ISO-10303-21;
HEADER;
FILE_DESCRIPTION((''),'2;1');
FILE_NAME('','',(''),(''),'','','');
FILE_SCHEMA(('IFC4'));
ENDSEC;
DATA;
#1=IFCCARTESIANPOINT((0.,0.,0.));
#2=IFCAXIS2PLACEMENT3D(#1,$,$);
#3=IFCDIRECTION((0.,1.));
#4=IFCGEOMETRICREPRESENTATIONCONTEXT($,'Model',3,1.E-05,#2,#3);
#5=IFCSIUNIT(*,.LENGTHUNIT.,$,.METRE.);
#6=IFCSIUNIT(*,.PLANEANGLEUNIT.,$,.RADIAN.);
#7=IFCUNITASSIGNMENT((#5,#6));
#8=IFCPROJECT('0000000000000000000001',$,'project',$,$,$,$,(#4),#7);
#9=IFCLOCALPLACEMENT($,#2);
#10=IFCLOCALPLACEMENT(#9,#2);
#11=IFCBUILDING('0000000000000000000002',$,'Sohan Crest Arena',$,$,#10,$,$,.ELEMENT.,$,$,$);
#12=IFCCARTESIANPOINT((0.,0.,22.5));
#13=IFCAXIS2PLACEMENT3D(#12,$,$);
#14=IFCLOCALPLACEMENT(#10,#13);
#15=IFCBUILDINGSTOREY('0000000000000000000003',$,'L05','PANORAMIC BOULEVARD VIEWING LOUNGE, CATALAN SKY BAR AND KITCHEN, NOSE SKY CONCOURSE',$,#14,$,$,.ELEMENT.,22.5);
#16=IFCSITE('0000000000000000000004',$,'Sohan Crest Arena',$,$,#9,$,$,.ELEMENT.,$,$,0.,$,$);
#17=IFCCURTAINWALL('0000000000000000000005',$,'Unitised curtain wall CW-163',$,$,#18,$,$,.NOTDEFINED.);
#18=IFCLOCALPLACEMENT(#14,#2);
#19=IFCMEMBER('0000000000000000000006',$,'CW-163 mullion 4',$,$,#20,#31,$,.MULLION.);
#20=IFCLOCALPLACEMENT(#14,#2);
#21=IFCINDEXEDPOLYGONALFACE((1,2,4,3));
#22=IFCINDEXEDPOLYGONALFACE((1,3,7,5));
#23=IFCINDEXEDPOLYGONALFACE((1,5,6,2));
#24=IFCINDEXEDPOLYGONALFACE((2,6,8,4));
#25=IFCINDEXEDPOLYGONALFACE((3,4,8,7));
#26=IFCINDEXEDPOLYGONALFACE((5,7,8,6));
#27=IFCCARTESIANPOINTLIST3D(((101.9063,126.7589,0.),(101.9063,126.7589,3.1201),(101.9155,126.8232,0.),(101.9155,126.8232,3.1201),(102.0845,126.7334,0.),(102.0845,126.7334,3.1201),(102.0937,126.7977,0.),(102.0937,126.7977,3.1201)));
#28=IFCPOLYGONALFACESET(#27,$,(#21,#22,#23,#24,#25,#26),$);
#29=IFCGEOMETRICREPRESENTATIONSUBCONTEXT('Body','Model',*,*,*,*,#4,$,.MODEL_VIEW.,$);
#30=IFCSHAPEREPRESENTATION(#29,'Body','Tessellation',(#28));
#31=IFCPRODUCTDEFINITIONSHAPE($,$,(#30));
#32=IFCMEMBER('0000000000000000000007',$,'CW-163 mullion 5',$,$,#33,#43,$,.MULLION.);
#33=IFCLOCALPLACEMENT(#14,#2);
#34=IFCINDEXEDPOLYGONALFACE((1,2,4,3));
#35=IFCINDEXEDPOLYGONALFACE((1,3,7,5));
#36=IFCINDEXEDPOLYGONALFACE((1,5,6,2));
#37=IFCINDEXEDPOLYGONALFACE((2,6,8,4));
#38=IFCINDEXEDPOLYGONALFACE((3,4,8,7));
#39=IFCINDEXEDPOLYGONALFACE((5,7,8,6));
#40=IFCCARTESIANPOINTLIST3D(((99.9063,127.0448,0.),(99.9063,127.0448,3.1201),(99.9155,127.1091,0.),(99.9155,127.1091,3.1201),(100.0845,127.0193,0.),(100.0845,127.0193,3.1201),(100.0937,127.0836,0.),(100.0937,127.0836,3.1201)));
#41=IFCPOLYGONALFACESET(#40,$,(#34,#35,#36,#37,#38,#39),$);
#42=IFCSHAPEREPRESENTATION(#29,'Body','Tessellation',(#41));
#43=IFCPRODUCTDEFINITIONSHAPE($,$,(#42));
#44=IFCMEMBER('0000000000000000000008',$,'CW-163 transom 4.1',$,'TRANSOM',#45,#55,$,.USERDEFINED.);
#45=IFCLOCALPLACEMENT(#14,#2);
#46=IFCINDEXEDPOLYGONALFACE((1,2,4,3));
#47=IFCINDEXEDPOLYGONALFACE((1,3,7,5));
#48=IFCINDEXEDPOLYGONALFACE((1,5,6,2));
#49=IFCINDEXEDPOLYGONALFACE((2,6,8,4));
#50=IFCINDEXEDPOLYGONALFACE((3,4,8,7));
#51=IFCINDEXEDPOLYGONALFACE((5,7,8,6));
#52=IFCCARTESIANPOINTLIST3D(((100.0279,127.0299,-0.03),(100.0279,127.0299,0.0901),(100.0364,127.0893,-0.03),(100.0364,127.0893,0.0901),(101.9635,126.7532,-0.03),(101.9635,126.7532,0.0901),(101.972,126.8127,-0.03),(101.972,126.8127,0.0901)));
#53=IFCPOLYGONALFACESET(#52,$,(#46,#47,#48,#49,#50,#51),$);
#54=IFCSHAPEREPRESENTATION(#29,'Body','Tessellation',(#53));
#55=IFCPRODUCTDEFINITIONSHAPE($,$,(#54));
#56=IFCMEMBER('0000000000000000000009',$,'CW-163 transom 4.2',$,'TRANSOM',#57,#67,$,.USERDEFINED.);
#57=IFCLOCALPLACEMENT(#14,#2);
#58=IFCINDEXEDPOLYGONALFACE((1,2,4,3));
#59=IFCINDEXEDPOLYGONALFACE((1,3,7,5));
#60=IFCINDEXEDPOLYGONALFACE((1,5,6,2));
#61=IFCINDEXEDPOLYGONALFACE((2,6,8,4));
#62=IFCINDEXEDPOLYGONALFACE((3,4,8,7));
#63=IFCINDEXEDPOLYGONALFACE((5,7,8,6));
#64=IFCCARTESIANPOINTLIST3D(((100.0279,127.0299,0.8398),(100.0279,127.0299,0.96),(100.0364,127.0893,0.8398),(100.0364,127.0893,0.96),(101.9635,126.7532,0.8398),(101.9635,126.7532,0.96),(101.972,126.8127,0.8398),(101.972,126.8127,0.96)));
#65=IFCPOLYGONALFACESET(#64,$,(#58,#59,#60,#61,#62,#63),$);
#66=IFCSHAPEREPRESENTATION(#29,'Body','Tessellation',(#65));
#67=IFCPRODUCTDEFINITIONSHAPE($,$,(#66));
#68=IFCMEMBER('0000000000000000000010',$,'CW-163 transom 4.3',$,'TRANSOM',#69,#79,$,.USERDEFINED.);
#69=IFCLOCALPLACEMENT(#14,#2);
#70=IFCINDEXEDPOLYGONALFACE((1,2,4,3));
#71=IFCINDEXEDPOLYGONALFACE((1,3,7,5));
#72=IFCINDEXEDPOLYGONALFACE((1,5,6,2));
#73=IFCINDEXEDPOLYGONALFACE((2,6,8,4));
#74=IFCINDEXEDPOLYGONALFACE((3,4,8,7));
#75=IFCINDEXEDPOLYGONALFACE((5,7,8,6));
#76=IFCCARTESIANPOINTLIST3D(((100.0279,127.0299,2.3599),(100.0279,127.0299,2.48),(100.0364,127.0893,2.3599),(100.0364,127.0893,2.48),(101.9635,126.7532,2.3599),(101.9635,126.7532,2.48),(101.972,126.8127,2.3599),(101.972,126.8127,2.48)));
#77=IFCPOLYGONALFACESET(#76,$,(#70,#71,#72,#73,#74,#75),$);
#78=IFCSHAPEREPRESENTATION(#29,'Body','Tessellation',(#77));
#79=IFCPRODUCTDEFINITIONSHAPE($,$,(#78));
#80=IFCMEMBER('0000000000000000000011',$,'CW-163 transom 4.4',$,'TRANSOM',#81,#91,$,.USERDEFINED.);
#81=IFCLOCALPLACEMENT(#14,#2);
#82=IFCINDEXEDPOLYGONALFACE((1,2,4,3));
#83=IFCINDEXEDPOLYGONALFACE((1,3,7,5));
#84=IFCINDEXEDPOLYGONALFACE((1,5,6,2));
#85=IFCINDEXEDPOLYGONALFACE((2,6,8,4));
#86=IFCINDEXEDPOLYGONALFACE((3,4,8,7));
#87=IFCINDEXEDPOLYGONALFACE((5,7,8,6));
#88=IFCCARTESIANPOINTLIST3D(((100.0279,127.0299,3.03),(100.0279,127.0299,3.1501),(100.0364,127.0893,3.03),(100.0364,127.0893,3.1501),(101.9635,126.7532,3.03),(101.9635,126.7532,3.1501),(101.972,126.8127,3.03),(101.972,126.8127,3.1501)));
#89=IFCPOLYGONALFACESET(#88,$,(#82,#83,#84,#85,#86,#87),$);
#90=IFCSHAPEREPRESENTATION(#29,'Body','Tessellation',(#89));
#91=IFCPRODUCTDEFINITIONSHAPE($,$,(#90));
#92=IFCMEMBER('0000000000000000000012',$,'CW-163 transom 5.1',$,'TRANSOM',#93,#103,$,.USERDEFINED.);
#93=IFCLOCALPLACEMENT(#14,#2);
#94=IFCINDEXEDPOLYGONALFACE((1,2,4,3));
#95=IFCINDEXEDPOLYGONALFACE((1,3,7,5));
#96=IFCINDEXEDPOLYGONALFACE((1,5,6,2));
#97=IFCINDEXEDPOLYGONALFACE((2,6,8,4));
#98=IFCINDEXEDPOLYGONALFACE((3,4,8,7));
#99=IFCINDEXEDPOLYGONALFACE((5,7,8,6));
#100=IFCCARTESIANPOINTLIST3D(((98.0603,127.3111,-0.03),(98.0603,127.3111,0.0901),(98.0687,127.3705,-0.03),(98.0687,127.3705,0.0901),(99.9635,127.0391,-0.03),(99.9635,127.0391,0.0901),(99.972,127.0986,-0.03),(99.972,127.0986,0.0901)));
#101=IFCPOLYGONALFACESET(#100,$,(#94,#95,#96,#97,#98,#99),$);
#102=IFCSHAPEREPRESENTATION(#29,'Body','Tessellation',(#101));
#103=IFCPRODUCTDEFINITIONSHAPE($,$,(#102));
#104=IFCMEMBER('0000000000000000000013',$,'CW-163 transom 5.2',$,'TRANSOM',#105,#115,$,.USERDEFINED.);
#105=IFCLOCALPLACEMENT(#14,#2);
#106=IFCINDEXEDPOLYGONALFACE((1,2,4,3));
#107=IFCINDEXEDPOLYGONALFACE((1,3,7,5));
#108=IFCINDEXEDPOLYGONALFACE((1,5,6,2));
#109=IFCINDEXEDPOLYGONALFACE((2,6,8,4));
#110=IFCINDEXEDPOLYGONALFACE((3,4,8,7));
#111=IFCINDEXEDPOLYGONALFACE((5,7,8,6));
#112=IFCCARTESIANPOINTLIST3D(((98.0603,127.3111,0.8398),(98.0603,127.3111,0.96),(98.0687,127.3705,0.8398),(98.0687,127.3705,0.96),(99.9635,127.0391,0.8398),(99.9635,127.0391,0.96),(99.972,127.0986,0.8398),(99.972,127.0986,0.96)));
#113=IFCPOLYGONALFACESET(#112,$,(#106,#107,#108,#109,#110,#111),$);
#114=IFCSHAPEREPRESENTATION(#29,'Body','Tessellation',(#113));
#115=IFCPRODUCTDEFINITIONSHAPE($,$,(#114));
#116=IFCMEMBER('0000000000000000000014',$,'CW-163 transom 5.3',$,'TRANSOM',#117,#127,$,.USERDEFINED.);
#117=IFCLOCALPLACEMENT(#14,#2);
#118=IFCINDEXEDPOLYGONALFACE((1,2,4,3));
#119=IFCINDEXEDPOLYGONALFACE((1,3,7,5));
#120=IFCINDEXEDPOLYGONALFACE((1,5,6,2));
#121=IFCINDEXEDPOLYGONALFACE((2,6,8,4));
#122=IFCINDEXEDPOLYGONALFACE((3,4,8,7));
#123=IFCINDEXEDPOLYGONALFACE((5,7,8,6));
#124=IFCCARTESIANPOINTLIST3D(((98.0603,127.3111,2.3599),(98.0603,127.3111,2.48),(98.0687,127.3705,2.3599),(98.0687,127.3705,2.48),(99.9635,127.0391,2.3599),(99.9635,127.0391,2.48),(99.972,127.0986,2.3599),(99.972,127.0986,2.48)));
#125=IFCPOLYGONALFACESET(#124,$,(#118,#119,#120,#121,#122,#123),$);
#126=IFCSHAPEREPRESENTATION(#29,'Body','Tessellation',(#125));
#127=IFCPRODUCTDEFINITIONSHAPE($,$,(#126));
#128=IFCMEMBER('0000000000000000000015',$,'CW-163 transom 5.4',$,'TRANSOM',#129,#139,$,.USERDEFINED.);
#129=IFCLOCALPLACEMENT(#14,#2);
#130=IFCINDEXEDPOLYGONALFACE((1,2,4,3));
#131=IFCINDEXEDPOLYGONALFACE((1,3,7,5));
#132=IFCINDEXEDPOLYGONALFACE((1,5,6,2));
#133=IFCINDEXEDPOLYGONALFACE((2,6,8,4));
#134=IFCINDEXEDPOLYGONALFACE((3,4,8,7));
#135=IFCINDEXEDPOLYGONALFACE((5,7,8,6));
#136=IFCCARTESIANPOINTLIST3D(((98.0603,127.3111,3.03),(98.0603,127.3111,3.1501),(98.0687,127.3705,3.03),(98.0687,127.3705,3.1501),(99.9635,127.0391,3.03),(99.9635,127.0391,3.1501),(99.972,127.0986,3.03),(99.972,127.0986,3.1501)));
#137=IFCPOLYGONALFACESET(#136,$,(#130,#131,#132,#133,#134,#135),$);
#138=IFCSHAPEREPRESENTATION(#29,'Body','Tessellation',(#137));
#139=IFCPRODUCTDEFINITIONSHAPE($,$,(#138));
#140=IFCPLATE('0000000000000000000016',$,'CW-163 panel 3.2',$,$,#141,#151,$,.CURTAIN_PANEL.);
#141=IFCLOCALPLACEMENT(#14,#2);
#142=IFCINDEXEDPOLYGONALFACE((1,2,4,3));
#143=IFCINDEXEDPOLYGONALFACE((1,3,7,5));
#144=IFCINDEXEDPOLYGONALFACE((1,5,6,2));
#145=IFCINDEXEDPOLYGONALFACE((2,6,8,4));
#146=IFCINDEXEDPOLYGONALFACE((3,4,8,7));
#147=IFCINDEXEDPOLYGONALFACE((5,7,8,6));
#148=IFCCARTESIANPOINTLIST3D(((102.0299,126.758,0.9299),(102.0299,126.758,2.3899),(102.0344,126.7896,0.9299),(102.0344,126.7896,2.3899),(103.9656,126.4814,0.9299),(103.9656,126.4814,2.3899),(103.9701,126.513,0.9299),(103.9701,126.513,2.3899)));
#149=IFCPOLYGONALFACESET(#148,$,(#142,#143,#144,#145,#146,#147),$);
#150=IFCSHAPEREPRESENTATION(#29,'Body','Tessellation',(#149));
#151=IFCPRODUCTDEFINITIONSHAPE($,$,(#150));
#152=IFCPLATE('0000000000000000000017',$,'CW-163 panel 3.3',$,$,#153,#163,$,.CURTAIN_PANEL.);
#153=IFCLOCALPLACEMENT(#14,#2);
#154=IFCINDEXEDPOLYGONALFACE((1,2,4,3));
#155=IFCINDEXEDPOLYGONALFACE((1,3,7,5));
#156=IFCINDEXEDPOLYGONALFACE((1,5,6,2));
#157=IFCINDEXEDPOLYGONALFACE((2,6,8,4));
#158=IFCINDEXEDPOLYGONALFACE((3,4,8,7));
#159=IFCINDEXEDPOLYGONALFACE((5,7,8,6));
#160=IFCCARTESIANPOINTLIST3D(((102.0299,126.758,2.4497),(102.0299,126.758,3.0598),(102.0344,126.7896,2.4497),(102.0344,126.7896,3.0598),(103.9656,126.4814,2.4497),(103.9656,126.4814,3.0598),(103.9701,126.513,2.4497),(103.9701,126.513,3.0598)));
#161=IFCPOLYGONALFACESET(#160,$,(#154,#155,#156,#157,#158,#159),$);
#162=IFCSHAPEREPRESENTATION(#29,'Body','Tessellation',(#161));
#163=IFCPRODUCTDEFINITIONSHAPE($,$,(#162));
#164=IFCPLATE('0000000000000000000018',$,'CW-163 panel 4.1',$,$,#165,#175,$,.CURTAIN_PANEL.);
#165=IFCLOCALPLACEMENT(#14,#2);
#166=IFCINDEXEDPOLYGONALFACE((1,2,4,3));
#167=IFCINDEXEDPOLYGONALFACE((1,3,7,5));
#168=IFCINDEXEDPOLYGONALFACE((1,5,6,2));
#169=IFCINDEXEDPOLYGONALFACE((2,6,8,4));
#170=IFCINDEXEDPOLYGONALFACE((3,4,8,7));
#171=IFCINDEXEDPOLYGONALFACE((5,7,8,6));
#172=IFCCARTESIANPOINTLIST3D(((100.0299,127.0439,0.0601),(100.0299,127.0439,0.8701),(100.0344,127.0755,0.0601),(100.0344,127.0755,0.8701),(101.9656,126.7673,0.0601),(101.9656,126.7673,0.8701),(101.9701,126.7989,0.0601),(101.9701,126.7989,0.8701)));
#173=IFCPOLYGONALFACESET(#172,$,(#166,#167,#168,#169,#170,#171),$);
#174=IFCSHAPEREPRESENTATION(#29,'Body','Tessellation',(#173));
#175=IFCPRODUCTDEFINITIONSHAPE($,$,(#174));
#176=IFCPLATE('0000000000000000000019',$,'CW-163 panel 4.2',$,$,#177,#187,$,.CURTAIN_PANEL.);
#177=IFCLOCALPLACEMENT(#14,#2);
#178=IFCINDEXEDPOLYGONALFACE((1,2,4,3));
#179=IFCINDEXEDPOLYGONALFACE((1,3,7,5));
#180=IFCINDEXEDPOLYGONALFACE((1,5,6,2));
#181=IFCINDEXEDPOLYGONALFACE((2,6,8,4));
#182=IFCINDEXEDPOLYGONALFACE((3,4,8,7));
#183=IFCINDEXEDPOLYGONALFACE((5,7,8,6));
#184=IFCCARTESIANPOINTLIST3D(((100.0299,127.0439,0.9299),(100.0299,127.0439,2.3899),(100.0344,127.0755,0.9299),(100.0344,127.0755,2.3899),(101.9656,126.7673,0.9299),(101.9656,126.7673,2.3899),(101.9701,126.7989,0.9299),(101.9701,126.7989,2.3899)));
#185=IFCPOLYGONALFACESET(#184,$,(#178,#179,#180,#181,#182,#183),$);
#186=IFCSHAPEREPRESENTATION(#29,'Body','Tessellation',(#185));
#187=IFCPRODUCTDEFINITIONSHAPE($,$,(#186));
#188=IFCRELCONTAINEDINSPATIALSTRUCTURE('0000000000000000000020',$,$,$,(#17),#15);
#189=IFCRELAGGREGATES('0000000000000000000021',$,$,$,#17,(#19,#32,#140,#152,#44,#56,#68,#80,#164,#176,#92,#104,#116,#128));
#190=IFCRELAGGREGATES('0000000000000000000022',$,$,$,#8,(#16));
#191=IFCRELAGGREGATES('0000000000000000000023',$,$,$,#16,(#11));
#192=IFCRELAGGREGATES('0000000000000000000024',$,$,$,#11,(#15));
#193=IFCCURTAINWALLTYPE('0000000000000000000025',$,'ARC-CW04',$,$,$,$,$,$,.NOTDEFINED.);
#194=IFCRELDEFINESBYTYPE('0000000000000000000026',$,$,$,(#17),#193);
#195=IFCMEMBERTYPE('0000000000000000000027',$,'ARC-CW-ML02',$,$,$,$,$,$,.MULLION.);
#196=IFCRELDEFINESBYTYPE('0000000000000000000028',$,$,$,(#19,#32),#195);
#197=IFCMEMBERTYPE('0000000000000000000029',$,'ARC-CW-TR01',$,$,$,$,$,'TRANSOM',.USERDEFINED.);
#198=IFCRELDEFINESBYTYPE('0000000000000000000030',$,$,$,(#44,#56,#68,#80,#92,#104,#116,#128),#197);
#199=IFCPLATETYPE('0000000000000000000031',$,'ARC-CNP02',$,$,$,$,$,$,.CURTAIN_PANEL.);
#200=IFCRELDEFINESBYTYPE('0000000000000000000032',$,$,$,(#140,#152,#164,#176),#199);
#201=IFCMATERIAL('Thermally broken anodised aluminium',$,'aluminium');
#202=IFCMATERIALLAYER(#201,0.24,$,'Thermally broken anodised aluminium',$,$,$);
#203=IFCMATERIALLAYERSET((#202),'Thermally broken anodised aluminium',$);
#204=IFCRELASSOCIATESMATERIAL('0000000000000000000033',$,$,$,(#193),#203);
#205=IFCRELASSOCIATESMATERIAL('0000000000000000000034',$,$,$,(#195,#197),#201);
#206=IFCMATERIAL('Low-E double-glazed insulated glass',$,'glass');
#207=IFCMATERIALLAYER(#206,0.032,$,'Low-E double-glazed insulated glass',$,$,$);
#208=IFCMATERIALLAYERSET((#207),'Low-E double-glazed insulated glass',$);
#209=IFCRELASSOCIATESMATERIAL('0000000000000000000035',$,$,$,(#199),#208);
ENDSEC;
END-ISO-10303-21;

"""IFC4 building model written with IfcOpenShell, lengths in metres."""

from ifc_helpers import new_model, si_unit, direction, frame, origin, origin_2d, place, context, subcontext, project, spatial, rectangle, extrude, material, layer, layer_set, material_profile, profile_set, type_object, element, aggregate, save


model = new_model("IFC4")

# Units and contexts
model_context = context("Model", 3, precision=1e-05, world=origin(), true_north=direction((0.0, 1.0)))
body_context = subcontext(model_context, "Body", "Model", "MODEL_VIEW")
ifc_project = project(units=[si_unit("LENGTHUNIT", "METRE"), si_unit("PLANEANGLEUNIT", "RADIAN")], contexts=[model_context])

# Site, building, storey
site_placement = place(None, origin())
site = spatial("IfcSite", under=ifc_project, at=site_placement, Name="Sohan Crest Arena", CompositionType="ELEMENT", RefElevation=0.0)
building_placement = place(site_placement, origin())
building = spatial("IfcBuilding", under=site, at=building_placement, Name="Sohan Crest Arena", CompositionType="ELEMENT")
storey_placement = place(building_placement, frame((0.0, 0.0, 22.5)))
storey = spatial("IfcBuildingStorey", under=building, at=storey_placement, Name="L05", Description="PANORAMIC BOULEVARD VIEWING LOUNGE, CATALAN SKY BAR AND KITCHEN, NOSE SKY CONCOURSE", CompositionType="ELEMENT", Elevation=22.5)

# Curtain wall, members, plates
ifc_material_1 = material(Name="Thermally broken anodised aluminium", Category="aluminium")
ifc_layer_1 = layer(ifc_material_1, 0.24, Name="Thermally broken anodised aluminium")
ifc_layer_set_1 = layer_set([ifc_layer_1], Name="Thermally broken anodised aluminium")
curtain_wall_type = type_object("IfcCurtainWallType", Name="ARC-CW04", PredefinedType="NOTDEFINED", material=ifc_layer_set_1)
curtain_wall_placement = place(storey_placement, origin())
curtain_wall = element("IfcCurtainWall", 1, at=curtain_wall_placement, inside=storey, type_object=curtain_wall_type, Name="Unitised curtain wall CW-163", PredefinedType="NOTDEFINED")
ifc_material_profile_1 = material_profile(ifc_material_1, rectangle(XDim=0.0649, YDim=0.1799, at=origin_2d()), Name="ALU-MULL 65x180")
ifc_profile_set_1 = profile_set([ifc_material_profile_1], Name="Thermally broken anodised aluminium")
member_type_1 = type_object("IfcMemberType", Name="ARC-CW-ML02", PredefinedType="MULLION", material=ifc_profile_set_1)
member_1_placement = place(storey_placement, frame((102.0, 126.7783, 0.0), z_axis=(0.0, 0.0, 1.0), x_axis=(-0.141463, -0.989944, 0.0)))
member_1 = element("IfcMember", 2, at=member_1_placement, type_object=member_type_1, Name="CW-163 mullion 4", PredefinedType="MULLION", context=body_context, shape_type="SweptSolid", body=[
    extrude(rectangle(XDim=0.0649, YDim=0.1799, at=origin_2d()), origin(), (0.0, 0.0, 1.0), 3.1201),
])
member_2_placement = place(storey_placement, frame((100.0, 127.0642, 0.0), z_axis=(0.0, 0.0, 1.0), x_axis=(-0.141463, -0.989944, 0.0)))
member_2 = element("IfcMember", 3, at=member_2_placement, type_object=member_type_1, Name="CW-163 mullion 5", PredefinedType="MULLION", context=body_context, shape_type="SweptSolid", body=[
    extrude(rectangle(XDim=0.0649, YDim=0.1799, at=origin_2d()), origin(), (0.0, 0.0, 1.0), 3.1201),
])
ifc_material_profile_2 = material_profile(ifc_material_1, rectangle(XDim=0.0601, YDim=0.1201, at=origin_2d()), Name="ALU-TRAN 60x120")
ifc_profile_set_2 = profile_set([ifc_material_profile_2], Name="Thermally broken anodised aluminium")
member_type_2 = type_object("IfcMemberType", Name="ARC-CW-TR01", ElementType="TRANSOM", PredefinedType="USERDEFINED", material=ifc_profile_set_2)
member_3_placement = place(storey_placement, frame((101.9678, 126.783, 0.03), z_axis=(-0.989942, 0.141474, 0.0), x_axis=(-0.141474, -0.989942, 0.0)))
member_3 = element("IfcMember", 4, at=member_3_placement, type_object=member_type_2, Name="CW-163 transom 4.1", ObjectType="TRANSOM", PredefinedType="USERDEFINED", context=body_context, shape_type="SweptSolid", body=[
    extrude(rectangle(XDim=0.0601, YDim=0.1201, at=origin_2d()), origin(), (0.0, 0.0, 1.0), 1.9553),
])
member_4_placement = place(storey_placement, frame((101.9678, 126.783, 0.8999), z_axis=(-0.989942, 0.141474, 0.0), x_axis=(-0.141474, -0.989942, 0.0)))
member_4 = element("IfcMember", 5, at=member_4_placement, type_object=member_type_2, Name="CW-163 transom 4.2", ObjectType="TRANSOM", PredefinedType="USERDEFINED", context=body_context, shape_type="SweptSolid", body=[
    extrude(rectangle(XDim=0.0601, YDim=0.1201, at=origin_2d()), origin(), (0.0, 0.0, 1.0), 1.9553),
])
member_5_placement = place(storey_placement, frame((101.9678, 126.783, 2.4199), z_axis=(-0.989942, 0.141474, 0.0), x_axis=(-0.141474, -0.989942, 0.0)))
member_5 = element("IfcMember", 6, at=member_5_placement, type_object=member_type_2, Name="CW-163 transom 4.3", ObjectType="TRANSOM", PredefinedType="USERDEFINED", context=body_context, shape_type="SweptSolid", body=[
    extrude(rectangle(XDim=0.0601, YDim=0.1201, at=origin_2d()), origin(), (0.0, 0.0, 1.0), 1.9553),
])
member_6_placement = place(storey_placement, frame((101.9678, 126.783, 3.0901), z_axis=(-0.989942, 0.141474, 0.0), x_axis=(-0.141474, -0.989942, 0.0)))
member_6 = element("IfcMember", 7, at=member_6_placement, type_object=member_type_2, Name="CW-163 transom 4.4", ObjectType="TRANSOM", PredefinedType="USERDEFINED", context=body_context, shape_type="SweptSolid", body=[
    extrude(rectangle(XDim=0.0601, YDim=0.1201, at=origin_2d()), origin(), (0.0, 0.0, 1.0), 1.9553),
])
member_7_placement = place(storey_placement, frame((99.9678, 127.0688, 0.03), z_axis=(-0.989944, 0.141457, 0.0), x_axis=(-0.141457, -0.989944, 0.0)))
member_7 = element("IfcMember", 8, at=member_7_placement, type_object=member_type_2, Name="CW-163 transom 5.1", ObjectType="TRANSOM", PredefinedType="USERDEFINED", context=body_context, shape_type="SweptSolid", body=[
    extrude(rectangle(XDim=0.0601, YDim=0.1201, at=origin_2d()), origin(), (0.0, 0.0, 1.0), 1.9226),
])
member_8_placement = place(storey_placement, frame((99.9678, 127.0688, 0.8999), z_axis=(-0.989944, 0.141457, 0.0), x_axis=(-0.141457, -0.989944, 0.0)))
member_8 = element("IfcMember", 9, at=member_8_placement, type_object=member_type_2, Name="CW-163 transom 5.2", ObjectType="TRANSOM", PredefinedType="USERDEFINED", context=body_context, shape_type="SweptSolid", body=[
    extrude(rectangle(XDim=0.0601, YDim=0.1201, at=origin_2d()), origin(), (0.0, 0.0, 1.0), 1.9226),
])
member_9_placement = place(storey_placement, frame((99.9678, 127.0688, 2.4199), z_axis=(-0.989944, 0.141457, 0.0), x_axis=(-0.141457, -0.989944, 0.0)))
member_9 = element("IfcMember", 10, at=member_9_placement, type_object=member_type_2, Name="CW-163 transom 5.3", ObjectType="TRANSOM", PredefinedType="USERDEFINED", context=body_context, shape_type="SweptSolid", body=[
    extrude(rectangle(XDim=0.0601, YDim=0.1201, at=origin_2d()), origin(), (0.0, 0.0, 1.0), 1.9226),
])
member_10_placement = place(storey_placement, frame((99.9678, 127.0688, 3.0901), z_axis=(-0.989944, 0.141457, 0.0), x_axis=(-0.141457, -0.989944, 0.0)))
member_10 = element("IfcMember", 11, at=member_10_placement, type_object=member_type_2, Name="CW-163 transom 5.4", ObjectType="TRANSOM", PredefinedType="USERDEFINED", context=body_context, shape_type="SweptSolid", body=[
    extrude(rectangle(XDim=0.0601, YDim=0.1201, at=origin_2d()), origin(), (0.0, 0.0, 1.0), 1.9226),
])
ifc_material_2 = material(Name="Low-E double-glazed insulated glass", Category="glass")
ifc_layer_2 = layer(ifc_material_2, 0.032, Name="Low-E double-glazed insulated glass")
ifc_layer_set_2 = layer_set([ifc_layer_2], Name="Low-E double-glazed insulated glass")
plate_type = type_object("IfcPlateType", Name="ARC-CNP02", PredefinedType="CURTAIN_PANEL", material=ifc_layer_set_2)
plate_1_placement = place(storey_placement, frame((103.0, 126.6355, 0.9299), z_axis=(0.0, 0.0, 1.0), x_axis=(-0.989944, 0.141463, 0.0)))
plate_1 = element("IfcPlate", 12, at=plate_1_placement, type_object=plate_type, Name="CW-163 panel 3.2", PredefinedType="CURTAIN_PANEL", context=body_context, shape_type="SweptSolid", body=[
    extrude(rectangle(XDim=1.9553, YDim=0.032, at=origin_2d()), origin(), (0.0, 0.0, 1.0), 1.46),
])
plate_2_placement = place(storey_placement, frame((103.0, 126.6355, 2.4497), z_axis=(0.0, 0.0, 1.0), x_axis=(-0.989944, 0.141463, 0.0)))
plate_2 = element("IfcPlate", 13, at=plate_2_placement, type_object=plate_type, Name="CW-163 panel 3.3", PredefinedType="CURTAIN_PANEL", context=body_context, shape_type="SweptSolid", body=[
    extrude(rectangle(XDim=1.9553, YDim=0.032, at=origin_2d()), origin(), (0.0, 0.0, 1.0), 0.6101),
])
plate_3_placement = place(storey_placement, frame((101.0, 126.9214, 0.0601), z_axis=(0.0, 0.0, 1.0), x_axis=(-0.989944, 0.141463, 0.0)))
plate_3 = element("IfcPlate", 14, at=plate_3_placement, type_object=plate_type, Name="CW-163 panel 4.1", PredefinedType="CURTAIN_PANEL", context=body_context, shape_type="SweptSolid", body=[
    extrude(rectangle(XDim=1.9553, YDim=0.032, at=origin_2d()), origin(), (0.0, 0.0, 1.0), 0.8101),
])
plate_4_placement = place(storey_placement, frame((101.0, 126.9214, 0.9299), z_axis=(0.0, 0.0, 1.0), x_axis=(-0.989944, 0.141463, 0.0)))
plate_4 = element("IfcPlate", 15, at=plate_4_placement, type_object=plate_type, Name="CW-163 panel 4.2", PredefinedType="CURTAIN_PANEL", context=body_context, shape_type="SweptSolid", body=[
    extrude(rectangle(XDim=1.9553, YDim=0.032, at=origin_2d()), origin(), (0.0, 0.0, 1.0), 1.46),
])
aggregate(curtain_wall, [member_1, member_2, plate_1, plate_2, member_3, member_4, member_5, member_6, plate_3, plate_4, member_7, member_8, member_9, member_10])

save(model, "model.ifc")
